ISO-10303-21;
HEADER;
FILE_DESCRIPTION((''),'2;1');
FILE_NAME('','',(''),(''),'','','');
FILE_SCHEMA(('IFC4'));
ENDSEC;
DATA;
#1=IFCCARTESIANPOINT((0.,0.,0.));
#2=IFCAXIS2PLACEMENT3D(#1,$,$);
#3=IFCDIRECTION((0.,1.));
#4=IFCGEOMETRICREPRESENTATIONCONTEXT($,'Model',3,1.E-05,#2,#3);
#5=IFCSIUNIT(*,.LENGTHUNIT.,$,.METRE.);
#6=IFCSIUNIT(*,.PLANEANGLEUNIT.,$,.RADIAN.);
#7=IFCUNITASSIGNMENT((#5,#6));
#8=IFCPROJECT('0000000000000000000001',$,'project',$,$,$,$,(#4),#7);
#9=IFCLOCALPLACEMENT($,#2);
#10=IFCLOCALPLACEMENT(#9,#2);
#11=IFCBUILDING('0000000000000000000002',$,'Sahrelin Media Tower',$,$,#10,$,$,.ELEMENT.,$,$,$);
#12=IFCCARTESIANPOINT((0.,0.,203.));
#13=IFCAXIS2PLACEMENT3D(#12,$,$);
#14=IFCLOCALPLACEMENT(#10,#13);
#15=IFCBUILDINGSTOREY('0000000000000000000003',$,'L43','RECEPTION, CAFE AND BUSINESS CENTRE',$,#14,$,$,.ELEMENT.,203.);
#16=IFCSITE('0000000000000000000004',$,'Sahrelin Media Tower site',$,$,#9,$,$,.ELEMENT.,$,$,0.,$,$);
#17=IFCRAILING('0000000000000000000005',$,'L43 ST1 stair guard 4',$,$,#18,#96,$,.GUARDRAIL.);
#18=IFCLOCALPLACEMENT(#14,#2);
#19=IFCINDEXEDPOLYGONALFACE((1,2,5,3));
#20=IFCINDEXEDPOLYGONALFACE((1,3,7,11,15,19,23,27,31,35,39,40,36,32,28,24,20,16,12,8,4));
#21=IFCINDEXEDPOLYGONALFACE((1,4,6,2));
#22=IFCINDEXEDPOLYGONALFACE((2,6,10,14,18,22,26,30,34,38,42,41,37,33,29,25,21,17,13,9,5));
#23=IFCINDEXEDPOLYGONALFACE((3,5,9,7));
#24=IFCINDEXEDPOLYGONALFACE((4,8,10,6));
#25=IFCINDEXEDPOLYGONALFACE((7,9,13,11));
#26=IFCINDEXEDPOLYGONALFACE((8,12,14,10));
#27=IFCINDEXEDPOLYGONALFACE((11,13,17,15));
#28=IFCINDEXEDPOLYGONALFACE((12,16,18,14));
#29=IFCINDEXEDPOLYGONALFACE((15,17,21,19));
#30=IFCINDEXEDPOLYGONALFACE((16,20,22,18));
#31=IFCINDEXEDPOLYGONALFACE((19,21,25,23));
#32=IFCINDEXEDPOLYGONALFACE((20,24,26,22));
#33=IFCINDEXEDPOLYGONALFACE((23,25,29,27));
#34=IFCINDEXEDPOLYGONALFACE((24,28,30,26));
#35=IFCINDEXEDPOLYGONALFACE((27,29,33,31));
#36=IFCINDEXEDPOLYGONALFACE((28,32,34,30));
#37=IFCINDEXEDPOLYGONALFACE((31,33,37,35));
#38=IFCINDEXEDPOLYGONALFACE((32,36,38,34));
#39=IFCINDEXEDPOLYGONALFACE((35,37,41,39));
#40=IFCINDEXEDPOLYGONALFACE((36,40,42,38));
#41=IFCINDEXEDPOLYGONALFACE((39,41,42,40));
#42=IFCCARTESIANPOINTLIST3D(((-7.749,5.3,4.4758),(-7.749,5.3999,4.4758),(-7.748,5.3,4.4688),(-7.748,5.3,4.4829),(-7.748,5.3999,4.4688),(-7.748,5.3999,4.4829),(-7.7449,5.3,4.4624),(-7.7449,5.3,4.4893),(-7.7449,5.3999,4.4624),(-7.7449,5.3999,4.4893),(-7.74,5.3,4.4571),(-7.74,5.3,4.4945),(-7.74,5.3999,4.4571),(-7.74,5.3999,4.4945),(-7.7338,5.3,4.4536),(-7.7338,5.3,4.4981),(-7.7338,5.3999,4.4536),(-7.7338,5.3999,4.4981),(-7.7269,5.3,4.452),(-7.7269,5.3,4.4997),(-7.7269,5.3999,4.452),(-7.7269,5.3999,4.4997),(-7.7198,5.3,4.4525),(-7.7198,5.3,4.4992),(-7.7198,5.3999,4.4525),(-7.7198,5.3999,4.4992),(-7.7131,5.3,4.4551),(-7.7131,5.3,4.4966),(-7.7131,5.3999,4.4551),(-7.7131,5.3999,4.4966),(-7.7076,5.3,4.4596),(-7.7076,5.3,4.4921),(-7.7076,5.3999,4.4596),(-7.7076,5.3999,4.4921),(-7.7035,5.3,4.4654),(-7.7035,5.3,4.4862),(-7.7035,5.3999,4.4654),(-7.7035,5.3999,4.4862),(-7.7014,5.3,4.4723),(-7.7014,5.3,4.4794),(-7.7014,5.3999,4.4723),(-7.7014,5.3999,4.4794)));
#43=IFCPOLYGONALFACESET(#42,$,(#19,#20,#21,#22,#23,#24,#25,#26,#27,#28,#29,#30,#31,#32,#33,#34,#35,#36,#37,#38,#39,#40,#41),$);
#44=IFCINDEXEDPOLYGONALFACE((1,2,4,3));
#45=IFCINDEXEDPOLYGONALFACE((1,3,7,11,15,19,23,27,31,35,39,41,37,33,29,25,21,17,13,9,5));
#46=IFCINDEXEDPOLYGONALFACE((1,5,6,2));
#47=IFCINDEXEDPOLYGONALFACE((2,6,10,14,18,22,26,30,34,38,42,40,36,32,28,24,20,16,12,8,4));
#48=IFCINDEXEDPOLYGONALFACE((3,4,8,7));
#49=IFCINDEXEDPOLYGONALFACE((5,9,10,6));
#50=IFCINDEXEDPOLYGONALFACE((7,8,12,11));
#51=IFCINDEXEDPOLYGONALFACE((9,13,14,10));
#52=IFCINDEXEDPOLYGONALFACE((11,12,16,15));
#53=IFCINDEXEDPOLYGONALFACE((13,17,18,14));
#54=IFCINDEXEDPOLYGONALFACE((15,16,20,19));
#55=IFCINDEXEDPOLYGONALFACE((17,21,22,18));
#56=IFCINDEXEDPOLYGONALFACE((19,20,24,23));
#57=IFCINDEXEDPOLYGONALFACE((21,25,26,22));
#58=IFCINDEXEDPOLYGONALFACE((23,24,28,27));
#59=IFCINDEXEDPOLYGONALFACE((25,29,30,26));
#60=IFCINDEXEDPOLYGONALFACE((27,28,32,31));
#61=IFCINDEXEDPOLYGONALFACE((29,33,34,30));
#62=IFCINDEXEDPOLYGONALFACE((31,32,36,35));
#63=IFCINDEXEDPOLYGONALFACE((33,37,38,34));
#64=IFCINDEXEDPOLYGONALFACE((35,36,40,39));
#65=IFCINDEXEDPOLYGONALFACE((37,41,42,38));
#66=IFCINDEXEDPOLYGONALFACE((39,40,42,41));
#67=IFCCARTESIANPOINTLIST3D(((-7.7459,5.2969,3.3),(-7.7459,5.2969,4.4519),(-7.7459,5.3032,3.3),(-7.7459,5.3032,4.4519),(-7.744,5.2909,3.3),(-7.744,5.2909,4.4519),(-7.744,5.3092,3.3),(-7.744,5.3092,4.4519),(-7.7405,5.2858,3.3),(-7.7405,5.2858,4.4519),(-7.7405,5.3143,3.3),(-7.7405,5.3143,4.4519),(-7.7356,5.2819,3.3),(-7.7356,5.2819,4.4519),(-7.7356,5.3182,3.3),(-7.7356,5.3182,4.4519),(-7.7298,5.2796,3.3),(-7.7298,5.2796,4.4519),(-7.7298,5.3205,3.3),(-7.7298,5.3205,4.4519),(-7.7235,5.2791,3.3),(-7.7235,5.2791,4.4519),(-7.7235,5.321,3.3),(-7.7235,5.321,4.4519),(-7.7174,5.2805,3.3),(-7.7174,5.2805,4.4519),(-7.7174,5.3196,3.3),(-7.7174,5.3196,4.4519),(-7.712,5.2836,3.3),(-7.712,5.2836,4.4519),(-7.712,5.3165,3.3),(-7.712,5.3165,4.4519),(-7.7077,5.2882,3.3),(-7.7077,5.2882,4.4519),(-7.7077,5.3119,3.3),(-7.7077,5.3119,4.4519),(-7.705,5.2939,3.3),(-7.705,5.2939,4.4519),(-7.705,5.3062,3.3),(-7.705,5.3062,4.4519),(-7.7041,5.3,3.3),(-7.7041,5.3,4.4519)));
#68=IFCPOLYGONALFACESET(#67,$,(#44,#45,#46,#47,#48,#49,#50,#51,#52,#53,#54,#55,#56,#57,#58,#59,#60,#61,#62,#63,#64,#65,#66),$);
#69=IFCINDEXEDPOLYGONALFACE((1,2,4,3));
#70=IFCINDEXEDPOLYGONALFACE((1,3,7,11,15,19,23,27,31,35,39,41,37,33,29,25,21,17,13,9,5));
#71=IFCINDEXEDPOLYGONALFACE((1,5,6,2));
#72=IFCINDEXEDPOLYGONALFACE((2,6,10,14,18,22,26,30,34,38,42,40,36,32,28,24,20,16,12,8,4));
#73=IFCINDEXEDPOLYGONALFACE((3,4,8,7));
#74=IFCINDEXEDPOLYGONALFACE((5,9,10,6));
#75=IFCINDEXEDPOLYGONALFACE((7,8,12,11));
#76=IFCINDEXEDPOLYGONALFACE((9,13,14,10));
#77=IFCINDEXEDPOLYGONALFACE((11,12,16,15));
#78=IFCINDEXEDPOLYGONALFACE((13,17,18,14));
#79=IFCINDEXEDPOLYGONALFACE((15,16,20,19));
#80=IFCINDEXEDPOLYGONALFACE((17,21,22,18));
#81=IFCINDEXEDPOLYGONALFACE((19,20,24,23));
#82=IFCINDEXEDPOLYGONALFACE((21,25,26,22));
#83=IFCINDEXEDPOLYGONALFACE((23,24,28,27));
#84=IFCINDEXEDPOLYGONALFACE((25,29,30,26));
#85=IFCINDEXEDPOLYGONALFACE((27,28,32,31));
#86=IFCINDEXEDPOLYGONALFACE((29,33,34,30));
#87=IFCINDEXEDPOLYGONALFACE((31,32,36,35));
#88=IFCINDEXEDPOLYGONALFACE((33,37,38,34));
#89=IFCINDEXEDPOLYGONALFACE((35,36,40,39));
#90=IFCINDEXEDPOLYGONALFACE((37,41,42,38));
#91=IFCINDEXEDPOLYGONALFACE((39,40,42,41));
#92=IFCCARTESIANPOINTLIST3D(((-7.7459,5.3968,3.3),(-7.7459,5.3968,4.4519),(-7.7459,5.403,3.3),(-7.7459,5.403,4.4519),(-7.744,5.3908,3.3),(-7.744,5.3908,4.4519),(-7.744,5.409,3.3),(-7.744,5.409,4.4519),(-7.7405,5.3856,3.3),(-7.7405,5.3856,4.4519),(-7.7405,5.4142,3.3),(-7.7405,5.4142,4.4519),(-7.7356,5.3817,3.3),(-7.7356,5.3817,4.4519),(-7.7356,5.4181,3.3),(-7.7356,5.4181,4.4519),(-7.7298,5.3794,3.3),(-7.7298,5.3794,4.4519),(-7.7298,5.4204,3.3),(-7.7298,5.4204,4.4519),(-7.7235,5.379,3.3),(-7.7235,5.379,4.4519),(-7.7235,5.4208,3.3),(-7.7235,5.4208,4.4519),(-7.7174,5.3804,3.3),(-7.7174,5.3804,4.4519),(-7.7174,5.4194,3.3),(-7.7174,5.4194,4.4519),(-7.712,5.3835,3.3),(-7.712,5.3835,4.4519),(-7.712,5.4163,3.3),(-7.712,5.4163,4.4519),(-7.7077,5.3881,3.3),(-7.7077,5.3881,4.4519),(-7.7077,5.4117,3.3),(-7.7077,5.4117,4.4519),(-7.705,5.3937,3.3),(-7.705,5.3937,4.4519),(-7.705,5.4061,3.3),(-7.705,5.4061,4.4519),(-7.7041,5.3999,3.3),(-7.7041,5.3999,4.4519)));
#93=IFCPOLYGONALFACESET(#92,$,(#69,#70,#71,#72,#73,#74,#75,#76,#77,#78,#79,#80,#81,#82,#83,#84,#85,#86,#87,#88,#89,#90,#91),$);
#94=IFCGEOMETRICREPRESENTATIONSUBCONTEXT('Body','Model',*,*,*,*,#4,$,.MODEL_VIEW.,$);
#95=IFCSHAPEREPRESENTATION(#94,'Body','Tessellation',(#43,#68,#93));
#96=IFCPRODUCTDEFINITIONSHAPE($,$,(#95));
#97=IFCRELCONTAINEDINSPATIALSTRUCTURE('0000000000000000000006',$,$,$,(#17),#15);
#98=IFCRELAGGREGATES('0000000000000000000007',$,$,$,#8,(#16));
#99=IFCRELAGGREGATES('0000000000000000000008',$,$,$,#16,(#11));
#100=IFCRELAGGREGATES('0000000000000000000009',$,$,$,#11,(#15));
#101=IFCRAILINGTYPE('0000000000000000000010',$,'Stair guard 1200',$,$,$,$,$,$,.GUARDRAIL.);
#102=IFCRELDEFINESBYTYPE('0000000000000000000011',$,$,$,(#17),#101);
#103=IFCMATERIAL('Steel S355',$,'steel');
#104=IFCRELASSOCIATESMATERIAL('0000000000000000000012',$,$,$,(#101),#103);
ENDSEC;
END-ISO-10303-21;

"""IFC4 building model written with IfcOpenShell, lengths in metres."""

from ifc_helpers import new_model, si_unit, direction, frame, origin, origin_2d, place, context, subcontext, project, spatial, circle, extrude, material, type_object, element, save


model = new_model("IFC4")

# Units and contexts
model_context = context("Model", 3, precision=1e-05, world=origin(), true_north=direction((0.0, 1.0)))
body_context = subcontext(model_context, "Body", "Model", "MODEL_VIEW")
ifc_project = project(units=[si_unit("LENGTHUNIT", "METRE"), si_unit("PLANEANGLEUNIT", "RADIAN")], contexts=[model_context])

# Site, building, storey
site_placement = place(None, origin())
site = spatial("IfcSite", under=ifc_project, at=site_placement, Name="Sahrelin Media Tower site", CompositionType="ELEMENT", RefElevation=0.0)
building_placement = place(site_placement, origin())
building = spatial("IfcBuilding", under=site, at=building_placement, Name="Sahrelin Media Tower", CompositionType="ELEMENT")
storey_placement = place(building_placement, frame((0.0, 0.0, 203.0)))
storey = spatial("IfcBuildingStorey", under=building, at=storey_placement, Name="L43", Description="RECEPTION, CAFE AND BUSINESS CENTRE", CompositionType="ELEMENT", Elevation=203.0)

# Railing
ifc_material_1 = material(Name="Steel S355", Category="steel")
railing_type_1 = type_object("IfcRailingType", Name="Stair guard 1200", PredefinedType="GUARDRAIL", material=ifc_material_1)
railing_1_placement = place(storey_placement, frame((-7.7251, 5.3, 3.3)))
element("IfcRailing", 1, at=railing_1_placement, inside=storey, type_object=railing_type_1, Name="L43 ST1 stair guard 4", PredefinedType="GUARDRAIL", context=body_context, shape_type="SweptSolid", body=[
    extrude(circle(Radius=0.0239, at=origin_2d()), frame((0.0, 0.0, 1.1758), z_axis=(0.0, 1.0, 0.0), x_axis=(-1.0, 0.0, 0.0)), (0.0, 0.0, 1.0), 0.0999),
    extrude(circle(Radius=0.021, at=origin_2d()), origin(), (0.0, 0.0, 1.0), 1.1519),
    extrude(circle(Radius=0.021, at=origin_2d()), frame((0.0, 0.0999, 0.0)), (0.0, 0.0, 1.0), 1.1519),
])

save(model, "model.ifc")
